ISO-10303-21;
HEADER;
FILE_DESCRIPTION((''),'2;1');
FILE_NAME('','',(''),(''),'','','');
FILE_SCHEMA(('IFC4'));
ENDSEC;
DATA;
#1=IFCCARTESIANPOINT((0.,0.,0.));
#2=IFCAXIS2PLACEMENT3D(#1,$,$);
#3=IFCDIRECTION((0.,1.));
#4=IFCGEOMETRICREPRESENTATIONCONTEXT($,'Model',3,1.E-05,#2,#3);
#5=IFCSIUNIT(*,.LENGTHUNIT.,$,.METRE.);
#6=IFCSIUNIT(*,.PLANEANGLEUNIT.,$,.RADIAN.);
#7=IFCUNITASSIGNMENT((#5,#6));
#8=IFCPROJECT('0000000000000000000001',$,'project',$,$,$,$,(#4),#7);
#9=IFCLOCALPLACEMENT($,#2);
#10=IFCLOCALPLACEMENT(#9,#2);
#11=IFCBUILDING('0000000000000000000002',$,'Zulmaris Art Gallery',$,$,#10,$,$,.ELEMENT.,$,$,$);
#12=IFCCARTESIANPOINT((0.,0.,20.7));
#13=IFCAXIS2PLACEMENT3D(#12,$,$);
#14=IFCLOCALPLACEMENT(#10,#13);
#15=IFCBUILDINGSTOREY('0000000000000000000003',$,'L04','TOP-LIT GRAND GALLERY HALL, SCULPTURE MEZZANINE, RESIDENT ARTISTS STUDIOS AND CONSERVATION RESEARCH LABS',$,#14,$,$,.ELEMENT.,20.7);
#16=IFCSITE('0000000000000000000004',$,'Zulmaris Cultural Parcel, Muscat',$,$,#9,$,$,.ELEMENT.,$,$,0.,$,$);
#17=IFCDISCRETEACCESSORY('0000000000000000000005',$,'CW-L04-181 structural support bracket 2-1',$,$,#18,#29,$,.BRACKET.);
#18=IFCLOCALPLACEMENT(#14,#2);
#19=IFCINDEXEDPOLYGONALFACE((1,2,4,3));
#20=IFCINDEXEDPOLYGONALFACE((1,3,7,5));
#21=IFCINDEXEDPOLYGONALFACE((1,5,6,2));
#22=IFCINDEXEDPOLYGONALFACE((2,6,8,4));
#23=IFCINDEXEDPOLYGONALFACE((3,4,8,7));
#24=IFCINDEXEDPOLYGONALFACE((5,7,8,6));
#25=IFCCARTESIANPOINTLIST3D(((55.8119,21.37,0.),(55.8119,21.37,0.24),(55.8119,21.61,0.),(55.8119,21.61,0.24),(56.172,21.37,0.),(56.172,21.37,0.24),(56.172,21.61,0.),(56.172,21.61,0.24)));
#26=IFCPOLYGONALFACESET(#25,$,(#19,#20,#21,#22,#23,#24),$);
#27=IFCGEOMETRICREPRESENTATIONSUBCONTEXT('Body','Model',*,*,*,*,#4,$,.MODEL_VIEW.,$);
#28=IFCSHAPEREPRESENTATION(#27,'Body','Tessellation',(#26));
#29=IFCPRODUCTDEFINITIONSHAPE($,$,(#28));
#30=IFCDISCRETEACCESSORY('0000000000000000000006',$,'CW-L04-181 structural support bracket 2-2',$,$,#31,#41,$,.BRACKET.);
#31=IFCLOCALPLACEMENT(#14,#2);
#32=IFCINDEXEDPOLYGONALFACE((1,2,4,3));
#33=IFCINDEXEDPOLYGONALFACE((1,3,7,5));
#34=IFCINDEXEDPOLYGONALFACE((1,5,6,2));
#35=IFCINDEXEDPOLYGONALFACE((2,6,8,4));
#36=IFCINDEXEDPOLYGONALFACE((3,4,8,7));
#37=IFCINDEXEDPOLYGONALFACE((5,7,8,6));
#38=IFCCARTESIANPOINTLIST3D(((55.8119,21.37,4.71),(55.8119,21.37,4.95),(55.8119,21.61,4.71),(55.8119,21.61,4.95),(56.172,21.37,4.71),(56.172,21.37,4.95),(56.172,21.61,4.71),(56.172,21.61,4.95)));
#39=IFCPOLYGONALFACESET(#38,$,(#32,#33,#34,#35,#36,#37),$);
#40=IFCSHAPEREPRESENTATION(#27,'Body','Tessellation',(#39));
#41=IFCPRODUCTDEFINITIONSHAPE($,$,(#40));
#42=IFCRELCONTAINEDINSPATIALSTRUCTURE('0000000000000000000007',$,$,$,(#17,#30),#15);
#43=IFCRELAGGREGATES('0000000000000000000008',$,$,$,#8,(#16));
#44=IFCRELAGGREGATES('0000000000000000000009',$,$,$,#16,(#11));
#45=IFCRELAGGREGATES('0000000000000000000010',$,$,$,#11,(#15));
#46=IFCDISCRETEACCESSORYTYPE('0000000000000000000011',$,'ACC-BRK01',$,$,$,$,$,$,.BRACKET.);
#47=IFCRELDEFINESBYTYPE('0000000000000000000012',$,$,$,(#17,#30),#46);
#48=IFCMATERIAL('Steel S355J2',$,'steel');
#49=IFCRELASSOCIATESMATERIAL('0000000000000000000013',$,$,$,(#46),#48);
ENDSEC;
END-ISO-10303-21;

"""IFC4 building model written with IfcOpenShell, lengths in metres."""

from ifc_helpers import new_model, si_unit, direction, frame, origin, origin_2d, place, context, subcontext, project, spatial, rectangle, extrude, material, type_object, element, save


model = new_model("IFC4")

# Units and contexts
model_context = context("Model", 3, precision=1e-05, world=origin(), true_north=direction((0.0, 1.0)))
body_context = subcontext(model_context, "Body", "Model", "MODEL_VIEW")
ifc_project = project(units=[si_unit("LENGTHUNIT", "METRE"), si_unit("PLANEANGLEUNIT", "RADIAN")], contexts=[model_context])

# Site, building, storey
site_placement = place(None, origin())
site = spatial("IfcSite", under=ifc_project, at=site_placement, Name="Zulmaris Cultural Parcel, Muscat", CompositionType="ELEMENT", RefElevation=0.0)
building_placement = place(site_placement, origin())
building = spatial("IfcBuilding", under=site, at=building_placement, Name="Zulmaris Art Gallery", CompositionType="ELEMENT")
storey_placement = place(building_placement, frame((0.0, 0.0, 20.7)))
storey = spatial("IfcBuildingStorey", under=building, at=storey_placement, Name="L04", Description="TOP-LIT GRAND GALLERY HALL, SCULPTURE MEZZANINE, RESIDENT ARTISTS STUDIOS AND CONSERVATION RESEARCH LABS", CompositionType="ELEMENT", Elevation=20.7)

# Shared definitions
ifc_material_1 = material(Name="Steel S355J2", Category="steel")

# Discrete accessories
discrete_accessory_type = type_object("IfcDiscreteAccessoryType", Name="ACC-BRK01", PredefinedType="BRACKET", material=ifc_material_1)
for number, where, z_axis, x_axis, name in (
    (1, (55.9919, 21.49, 0.0), (0.0, 0.0, 1.0), (1.0, 0.0, 0.0), "CW-L04-181 structural support bracket 2-1"),
    (2, (55.9919, 21.49, 4.71), (0.0, 0.0, 1.0), (1.0, 0.0, 0.0), "CW-L04-181 structural support bracket 2-2"),
):
    element("IfcDiscreteAccessory", number, at=place(storey_placement, frame(where, z_axis=z_axis, x_axis=x_axis)), inside=storey, type_object=discrete_accessory_type, Name=name, PredefinedType="BRACKET", context=body_context, shape_type="SweptSolid", body=[
        extrude(rectangle(XDim=0.3601, YDim=0.24, at=origin_2d()), origin(), (0.0, 0.0, 1.0), 0.24),
    ])

save(model, "model.ifc")
